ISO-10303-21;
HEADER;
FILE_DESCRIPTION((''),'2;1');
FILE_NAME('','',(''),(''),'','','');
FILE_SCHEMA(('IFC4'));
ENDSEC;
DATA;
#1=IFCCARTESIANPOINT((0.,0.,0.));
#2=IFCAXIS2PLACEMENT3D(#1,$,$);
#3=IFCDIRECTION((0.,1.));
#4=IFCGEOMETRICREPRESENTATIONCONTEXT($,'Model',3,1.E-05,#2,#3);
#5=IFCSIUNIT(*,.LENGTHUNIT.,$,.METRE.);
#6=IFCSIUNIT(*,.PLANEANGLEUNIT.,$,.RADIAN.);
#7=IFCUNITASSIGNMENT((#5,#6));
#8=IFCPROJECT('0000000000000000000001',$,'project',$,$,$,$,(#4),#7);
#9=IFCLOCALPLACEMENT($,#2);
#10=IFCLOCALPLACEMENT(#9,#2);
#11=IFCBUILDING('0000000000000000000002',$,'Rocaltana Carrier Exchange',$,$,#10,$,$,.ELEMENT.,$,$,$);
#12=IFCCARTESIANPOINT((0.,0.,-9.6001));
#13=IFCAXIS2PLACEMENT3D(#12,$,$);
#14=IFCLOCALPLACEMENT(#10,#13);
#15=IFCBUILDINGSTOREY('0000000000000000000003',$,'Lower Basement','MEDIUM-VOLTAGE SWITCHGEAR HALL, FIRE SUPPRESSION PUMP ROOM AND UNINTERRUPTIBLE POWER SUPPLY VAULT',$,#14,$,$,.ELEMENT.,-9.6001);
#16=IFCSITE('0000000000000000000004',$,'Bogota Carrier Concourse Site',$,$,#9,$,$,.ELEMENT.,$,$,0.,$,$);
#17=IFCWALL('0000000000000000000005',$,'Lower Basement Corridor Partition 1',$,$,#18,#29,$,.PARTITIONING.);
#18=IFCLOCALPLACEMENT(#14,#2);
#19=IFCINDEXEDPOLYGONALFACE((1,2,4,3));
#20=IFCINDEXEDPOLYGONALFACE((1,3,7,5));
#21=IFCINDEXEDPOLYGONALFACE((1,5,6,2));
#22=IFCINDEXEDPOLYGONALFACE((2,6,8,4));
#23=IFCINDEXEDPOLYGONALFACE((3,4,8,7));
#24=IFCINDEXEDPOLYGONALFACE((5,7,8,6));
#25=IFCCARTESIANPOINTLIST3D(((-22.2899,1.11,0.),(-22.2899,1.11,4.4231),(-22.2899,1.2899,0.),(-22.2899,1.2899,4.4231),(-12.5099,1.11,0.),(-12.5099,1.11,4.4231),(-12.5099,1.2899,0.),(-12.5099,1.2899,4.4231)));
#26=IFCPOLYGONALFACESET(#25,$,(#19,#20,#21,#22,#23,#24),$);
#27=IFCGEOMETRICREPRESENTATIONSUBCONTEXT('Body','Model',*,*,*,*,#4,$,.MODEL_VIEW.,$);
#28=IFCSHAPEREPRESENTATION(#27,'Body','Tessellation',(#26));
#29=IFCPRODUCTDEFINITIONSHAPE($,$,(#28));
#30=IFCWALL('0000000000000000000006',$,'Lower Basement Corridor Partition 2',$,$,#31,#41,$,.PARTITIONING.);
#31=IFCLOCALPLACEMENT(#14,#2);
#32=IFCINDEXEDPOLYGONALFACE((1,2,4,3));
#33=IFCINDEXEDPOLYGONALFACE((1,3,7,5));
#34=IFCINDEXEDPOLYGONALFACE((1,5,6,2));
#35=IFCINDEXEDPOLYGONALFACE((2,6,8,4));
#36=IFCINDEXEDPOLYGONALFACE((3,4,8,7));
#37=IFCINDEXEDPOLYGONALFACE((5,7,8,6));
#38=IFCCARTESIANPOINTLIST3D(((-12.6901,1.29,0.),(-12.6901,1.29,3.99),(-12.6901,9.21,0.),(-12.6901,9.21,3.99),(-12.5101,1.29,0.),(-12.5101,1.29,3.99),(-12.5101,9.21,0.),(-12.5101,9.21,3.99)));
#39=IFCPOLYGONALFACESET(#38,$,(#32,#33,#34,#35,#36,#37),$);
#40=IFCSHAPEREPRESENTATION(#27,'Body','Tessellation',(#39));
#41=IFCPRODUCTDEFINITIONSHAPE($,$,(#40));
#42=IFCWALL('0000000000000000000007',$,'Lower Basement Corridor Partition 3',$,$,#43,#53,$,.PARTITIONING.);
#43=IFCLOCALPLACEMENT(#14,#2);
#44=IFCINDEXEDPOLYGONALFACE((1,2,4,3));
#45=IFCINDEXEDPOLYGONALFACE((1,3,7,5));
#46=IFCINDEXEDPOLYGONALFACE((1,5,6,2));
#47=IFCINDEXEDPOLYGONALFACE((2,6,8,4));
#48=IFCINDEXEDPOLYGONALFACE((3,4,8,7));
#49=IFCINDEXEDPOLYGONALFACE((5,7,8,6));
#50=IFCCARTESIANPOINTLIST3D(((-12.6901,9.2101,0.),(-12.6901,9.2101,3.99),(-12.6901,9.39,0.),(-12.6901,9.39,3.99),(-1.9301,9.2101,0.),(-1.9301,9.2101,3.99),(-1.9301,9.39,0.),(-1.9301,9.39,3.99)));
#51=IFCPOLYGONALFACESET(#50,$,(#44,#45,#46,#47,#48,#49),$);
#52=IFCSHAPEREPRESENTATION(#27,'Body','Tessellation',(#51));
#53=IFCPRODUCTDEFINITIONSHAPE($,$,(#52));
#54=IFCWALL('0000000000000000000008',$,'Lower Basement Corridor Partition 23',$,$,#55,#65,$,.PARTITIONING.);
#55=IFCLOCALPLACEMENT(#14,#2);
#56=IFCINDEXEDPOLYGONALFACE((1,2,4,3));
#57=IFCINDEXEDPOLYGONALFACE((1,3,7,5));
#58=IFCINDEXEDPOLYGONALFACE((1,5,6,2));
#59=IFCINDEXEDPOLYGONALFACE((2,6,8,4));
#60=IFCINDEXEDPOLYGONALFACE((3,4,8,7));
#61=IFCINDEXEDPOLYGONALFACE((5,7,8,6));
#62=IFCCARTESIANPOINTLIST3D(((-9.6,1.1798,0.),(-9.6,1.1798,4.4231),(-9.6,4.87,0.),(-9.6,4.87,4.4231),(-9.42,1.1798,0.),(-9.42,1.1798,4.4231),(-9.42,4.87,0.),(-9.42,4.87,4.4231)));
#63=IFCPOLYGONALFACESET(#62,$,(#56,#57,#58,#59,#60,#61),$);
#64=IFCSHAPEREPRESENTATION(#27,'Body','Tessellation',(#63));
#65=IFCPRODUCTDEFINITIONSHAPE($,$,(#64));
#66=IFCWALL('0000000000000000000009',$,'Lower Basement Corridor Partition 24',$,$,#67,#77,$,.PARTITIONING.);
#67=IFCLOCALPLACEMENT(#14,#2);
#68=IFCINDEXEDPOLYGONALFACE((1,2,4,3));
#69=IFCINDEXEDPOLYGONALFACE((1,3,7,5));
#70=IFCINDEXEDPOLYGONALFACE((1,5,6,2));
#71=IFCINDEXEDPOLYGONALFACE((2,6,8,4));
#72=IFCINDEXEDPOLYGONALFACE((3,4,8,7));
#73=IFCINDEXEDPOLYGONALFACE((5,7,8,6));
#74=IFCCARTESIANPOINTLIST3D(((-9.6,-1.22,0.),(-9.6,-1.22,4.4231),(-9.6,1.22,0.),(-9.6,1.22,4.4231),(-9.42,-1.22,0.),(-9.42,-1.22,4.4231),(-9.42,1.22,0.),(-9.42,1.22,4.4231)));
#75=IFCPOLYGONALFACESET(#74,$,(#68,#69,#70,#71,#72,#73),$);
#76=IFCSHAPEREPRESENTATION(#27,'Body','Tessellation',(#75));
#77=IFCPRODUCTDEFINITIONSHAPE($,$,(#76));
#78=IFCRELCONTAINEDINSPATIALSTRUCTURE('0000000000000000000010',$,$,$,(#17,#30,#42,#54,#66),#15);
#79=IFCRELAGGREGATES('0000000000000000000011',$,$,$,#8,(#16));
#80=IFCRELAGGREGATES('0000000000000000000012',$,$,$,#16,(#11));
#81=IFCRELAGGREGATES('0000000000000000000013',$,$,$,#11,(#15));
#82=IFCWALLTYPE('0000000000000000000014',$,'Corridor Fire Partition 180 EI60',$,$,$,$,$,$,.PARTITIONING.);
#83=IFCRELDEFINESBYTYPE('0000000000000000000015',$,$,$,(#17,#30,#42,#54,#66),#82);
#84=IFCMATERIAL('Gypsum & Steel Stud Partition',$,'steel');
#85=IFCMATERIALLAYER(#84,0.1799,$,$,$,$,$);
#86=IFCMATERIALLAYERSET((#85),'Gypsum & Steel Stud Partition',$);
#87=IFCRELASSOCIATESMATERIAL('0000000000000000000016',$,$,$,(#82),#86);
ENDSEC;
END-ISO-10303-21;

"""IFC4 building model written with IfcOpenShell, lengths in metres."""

from ifc_helpers import new_model, si_unit, direction, frame, frame_2d, origin, place, context, subcontext, project, spatial, rectangle, extrude, material, layer, layer_set, type_object, element, save


model = new_model("IFC4")

# Units and contexts
model_context = context("Model", 3, precision=1e-05, world=origin(), true_north=direction((0.0, 1.0)))
body_context = subcontext(model_context, "Body", "Model", "MODEL_VIEW")
ifc_project = project(units=[si_unit("LENGTHUNIT", "METRE"), si_unit("PLANEANGLEUNIT", "RADIAN")], contexts=[model_context])

# Site, building, storey
site_placement = place(None, origin())
site = spatial("IfcSite", under=ifc_project, at=site_placement, Name="Bogota Carrier Concourse Site", CompositionType="ELEMENT", RefElevation=0.0)
building_placement = place(site_placement, origin())
building = spatial("IfcBuilding", under=site, at=building_placement, Name="Rocaltana Carrier Exchange", CompositionType="ELEMENT")
storey_placement = place(building_placement, frame((0.0, 0.0, -9.6001)))
storey = spatial("IfcBuildingStorey", under=building, at=storey_placement, Name="Lower Basement", Description="MEDIUM-VOLTAGE SWITCHGEAR HALL, FIRE SUPPRESSION PUMP ROOM AND UNINTERRUPTIBLE POWER SUPPLY VAULT", CompositionType="ELEMENT", Elevation=-9.6001)

# Walls
ifc_material_1 = material(Name="Gypsum & Steel Stud Partition", Category="steel")
ifc_layer_1 = layer(ifc_material_1, 0.1799)
ifc_layer_set_1 = layer_set([ifc_layer_1], Name="Gypsum & Steel Stud Partition")
wall_type_1 = type_object("IfcWallType", Name="Corridor Fire Partition 180 EI60", PredefinedType="PARTITIONING", material=ifc_layer_set_1)
wall_1_placement = place(storey_placement, frame((-22.29, 1.2, 0.0), z_axis=(0.0, 0.0, 1.0), x_axis=(1.0, 0.0, 0.0)))
element("IfcWall", 1, at=wall_1_placement, inside=storey, type_object=wall_type_1, Name="Lower Basement Corridor Partition 1", PredefinedType="PARTITIONING", context=body_context, shape_type="SweptSolid", body=[
    extrude(rectangle(XDim=9.78, YDim=0.1799, at=frame_2d((4.8901, 0.0))), origin(), (0.0, 0.0, 1.0), 4.4231),
])
wall_2_placement = place(storey_placement, frame((-12.6001, 1.29, 0.0), z_axis=(0.0, 0.0, 1.0), x_axis=(0.0, 1.0, 0.0)))
element("IfcWall", 2, at=wall_2_placement, inside=storey, type_object=wall_type_1, Name="Lower Basement Corridor Partition 2", PredefinedType="PARTITIONING", context=body_context, shape_type="SweptSolid", body=[
    extrude(rectangle(XDim=7.9199, YDim=0.1799, at=frame_2d((3.96, 0.0))), origin(), (0.0, 0.0, 1.0), 3.99),
])
wall_3_placement = place(storey_placement, frame((-12.6899, 9.3, 0.0), z_axis=(0.0, 0.0, 1.0), x_axis=(1.0, 0.0, 0.0)))
element("IfcWall", 3, at=wall_3_placement, inside=storey, type_object=wall_type_1, Name="Lower Basement Corridor Partition 3", PredefinedType="PARTITIONING", context=body_context, shape_type="SweptSolid", body=[
    extrude(rectangle(XDim=10.76, YDim=0.1799, at=frame_2d((5.3799, 0.0))), origin(), (0.0, 0.0, 1.0), 3.99),
])
wall_4_placement = place(storey_placement, frame((-9.51, 4.8701, 0.0), z_axis=(0.0, 0.0, 1.0), x_axis=(0.0, -1.0, 0.0)))
element("IfcWall", 4, at=wall_4_placement, inside=storey, type_object=wall_type_1, Name="Lower Basement Corridor Partition 23", PredefinedType="PARTITIONING", context=body_context, shape_type="SweptSolid", body=[
    extrude(rectangle(XDim=3.6902, YDim=0.1799, at=frame_2d((1.8452, 0.0))), origin(), (0.0, 0.0, 1.0), 4.4231),
])
wall_5_placement = place(storey_placement, frame((-9.51, 1.22, 0.0), z_axis=(0.0, 0.0, 1.0), x_axis=(0.0, -1.0, 0.0)))
element("IfcWall", 5, at=wall_5_placement, inside=storey, type_object=wall_type_1, Name="Lower Basement Corridor Partition 24", PredefinedType="PARTITIONING", context=body_context, shape_type="SweptSolid", body=[
    extrude(rectangle(XDim=2.4399, YDim=0.1799, at=frame_2d((1.22, 0.0))), origin(), (0.0, 0.0, 1.0), 4.4231),
])

save(model, "model.ifc")
